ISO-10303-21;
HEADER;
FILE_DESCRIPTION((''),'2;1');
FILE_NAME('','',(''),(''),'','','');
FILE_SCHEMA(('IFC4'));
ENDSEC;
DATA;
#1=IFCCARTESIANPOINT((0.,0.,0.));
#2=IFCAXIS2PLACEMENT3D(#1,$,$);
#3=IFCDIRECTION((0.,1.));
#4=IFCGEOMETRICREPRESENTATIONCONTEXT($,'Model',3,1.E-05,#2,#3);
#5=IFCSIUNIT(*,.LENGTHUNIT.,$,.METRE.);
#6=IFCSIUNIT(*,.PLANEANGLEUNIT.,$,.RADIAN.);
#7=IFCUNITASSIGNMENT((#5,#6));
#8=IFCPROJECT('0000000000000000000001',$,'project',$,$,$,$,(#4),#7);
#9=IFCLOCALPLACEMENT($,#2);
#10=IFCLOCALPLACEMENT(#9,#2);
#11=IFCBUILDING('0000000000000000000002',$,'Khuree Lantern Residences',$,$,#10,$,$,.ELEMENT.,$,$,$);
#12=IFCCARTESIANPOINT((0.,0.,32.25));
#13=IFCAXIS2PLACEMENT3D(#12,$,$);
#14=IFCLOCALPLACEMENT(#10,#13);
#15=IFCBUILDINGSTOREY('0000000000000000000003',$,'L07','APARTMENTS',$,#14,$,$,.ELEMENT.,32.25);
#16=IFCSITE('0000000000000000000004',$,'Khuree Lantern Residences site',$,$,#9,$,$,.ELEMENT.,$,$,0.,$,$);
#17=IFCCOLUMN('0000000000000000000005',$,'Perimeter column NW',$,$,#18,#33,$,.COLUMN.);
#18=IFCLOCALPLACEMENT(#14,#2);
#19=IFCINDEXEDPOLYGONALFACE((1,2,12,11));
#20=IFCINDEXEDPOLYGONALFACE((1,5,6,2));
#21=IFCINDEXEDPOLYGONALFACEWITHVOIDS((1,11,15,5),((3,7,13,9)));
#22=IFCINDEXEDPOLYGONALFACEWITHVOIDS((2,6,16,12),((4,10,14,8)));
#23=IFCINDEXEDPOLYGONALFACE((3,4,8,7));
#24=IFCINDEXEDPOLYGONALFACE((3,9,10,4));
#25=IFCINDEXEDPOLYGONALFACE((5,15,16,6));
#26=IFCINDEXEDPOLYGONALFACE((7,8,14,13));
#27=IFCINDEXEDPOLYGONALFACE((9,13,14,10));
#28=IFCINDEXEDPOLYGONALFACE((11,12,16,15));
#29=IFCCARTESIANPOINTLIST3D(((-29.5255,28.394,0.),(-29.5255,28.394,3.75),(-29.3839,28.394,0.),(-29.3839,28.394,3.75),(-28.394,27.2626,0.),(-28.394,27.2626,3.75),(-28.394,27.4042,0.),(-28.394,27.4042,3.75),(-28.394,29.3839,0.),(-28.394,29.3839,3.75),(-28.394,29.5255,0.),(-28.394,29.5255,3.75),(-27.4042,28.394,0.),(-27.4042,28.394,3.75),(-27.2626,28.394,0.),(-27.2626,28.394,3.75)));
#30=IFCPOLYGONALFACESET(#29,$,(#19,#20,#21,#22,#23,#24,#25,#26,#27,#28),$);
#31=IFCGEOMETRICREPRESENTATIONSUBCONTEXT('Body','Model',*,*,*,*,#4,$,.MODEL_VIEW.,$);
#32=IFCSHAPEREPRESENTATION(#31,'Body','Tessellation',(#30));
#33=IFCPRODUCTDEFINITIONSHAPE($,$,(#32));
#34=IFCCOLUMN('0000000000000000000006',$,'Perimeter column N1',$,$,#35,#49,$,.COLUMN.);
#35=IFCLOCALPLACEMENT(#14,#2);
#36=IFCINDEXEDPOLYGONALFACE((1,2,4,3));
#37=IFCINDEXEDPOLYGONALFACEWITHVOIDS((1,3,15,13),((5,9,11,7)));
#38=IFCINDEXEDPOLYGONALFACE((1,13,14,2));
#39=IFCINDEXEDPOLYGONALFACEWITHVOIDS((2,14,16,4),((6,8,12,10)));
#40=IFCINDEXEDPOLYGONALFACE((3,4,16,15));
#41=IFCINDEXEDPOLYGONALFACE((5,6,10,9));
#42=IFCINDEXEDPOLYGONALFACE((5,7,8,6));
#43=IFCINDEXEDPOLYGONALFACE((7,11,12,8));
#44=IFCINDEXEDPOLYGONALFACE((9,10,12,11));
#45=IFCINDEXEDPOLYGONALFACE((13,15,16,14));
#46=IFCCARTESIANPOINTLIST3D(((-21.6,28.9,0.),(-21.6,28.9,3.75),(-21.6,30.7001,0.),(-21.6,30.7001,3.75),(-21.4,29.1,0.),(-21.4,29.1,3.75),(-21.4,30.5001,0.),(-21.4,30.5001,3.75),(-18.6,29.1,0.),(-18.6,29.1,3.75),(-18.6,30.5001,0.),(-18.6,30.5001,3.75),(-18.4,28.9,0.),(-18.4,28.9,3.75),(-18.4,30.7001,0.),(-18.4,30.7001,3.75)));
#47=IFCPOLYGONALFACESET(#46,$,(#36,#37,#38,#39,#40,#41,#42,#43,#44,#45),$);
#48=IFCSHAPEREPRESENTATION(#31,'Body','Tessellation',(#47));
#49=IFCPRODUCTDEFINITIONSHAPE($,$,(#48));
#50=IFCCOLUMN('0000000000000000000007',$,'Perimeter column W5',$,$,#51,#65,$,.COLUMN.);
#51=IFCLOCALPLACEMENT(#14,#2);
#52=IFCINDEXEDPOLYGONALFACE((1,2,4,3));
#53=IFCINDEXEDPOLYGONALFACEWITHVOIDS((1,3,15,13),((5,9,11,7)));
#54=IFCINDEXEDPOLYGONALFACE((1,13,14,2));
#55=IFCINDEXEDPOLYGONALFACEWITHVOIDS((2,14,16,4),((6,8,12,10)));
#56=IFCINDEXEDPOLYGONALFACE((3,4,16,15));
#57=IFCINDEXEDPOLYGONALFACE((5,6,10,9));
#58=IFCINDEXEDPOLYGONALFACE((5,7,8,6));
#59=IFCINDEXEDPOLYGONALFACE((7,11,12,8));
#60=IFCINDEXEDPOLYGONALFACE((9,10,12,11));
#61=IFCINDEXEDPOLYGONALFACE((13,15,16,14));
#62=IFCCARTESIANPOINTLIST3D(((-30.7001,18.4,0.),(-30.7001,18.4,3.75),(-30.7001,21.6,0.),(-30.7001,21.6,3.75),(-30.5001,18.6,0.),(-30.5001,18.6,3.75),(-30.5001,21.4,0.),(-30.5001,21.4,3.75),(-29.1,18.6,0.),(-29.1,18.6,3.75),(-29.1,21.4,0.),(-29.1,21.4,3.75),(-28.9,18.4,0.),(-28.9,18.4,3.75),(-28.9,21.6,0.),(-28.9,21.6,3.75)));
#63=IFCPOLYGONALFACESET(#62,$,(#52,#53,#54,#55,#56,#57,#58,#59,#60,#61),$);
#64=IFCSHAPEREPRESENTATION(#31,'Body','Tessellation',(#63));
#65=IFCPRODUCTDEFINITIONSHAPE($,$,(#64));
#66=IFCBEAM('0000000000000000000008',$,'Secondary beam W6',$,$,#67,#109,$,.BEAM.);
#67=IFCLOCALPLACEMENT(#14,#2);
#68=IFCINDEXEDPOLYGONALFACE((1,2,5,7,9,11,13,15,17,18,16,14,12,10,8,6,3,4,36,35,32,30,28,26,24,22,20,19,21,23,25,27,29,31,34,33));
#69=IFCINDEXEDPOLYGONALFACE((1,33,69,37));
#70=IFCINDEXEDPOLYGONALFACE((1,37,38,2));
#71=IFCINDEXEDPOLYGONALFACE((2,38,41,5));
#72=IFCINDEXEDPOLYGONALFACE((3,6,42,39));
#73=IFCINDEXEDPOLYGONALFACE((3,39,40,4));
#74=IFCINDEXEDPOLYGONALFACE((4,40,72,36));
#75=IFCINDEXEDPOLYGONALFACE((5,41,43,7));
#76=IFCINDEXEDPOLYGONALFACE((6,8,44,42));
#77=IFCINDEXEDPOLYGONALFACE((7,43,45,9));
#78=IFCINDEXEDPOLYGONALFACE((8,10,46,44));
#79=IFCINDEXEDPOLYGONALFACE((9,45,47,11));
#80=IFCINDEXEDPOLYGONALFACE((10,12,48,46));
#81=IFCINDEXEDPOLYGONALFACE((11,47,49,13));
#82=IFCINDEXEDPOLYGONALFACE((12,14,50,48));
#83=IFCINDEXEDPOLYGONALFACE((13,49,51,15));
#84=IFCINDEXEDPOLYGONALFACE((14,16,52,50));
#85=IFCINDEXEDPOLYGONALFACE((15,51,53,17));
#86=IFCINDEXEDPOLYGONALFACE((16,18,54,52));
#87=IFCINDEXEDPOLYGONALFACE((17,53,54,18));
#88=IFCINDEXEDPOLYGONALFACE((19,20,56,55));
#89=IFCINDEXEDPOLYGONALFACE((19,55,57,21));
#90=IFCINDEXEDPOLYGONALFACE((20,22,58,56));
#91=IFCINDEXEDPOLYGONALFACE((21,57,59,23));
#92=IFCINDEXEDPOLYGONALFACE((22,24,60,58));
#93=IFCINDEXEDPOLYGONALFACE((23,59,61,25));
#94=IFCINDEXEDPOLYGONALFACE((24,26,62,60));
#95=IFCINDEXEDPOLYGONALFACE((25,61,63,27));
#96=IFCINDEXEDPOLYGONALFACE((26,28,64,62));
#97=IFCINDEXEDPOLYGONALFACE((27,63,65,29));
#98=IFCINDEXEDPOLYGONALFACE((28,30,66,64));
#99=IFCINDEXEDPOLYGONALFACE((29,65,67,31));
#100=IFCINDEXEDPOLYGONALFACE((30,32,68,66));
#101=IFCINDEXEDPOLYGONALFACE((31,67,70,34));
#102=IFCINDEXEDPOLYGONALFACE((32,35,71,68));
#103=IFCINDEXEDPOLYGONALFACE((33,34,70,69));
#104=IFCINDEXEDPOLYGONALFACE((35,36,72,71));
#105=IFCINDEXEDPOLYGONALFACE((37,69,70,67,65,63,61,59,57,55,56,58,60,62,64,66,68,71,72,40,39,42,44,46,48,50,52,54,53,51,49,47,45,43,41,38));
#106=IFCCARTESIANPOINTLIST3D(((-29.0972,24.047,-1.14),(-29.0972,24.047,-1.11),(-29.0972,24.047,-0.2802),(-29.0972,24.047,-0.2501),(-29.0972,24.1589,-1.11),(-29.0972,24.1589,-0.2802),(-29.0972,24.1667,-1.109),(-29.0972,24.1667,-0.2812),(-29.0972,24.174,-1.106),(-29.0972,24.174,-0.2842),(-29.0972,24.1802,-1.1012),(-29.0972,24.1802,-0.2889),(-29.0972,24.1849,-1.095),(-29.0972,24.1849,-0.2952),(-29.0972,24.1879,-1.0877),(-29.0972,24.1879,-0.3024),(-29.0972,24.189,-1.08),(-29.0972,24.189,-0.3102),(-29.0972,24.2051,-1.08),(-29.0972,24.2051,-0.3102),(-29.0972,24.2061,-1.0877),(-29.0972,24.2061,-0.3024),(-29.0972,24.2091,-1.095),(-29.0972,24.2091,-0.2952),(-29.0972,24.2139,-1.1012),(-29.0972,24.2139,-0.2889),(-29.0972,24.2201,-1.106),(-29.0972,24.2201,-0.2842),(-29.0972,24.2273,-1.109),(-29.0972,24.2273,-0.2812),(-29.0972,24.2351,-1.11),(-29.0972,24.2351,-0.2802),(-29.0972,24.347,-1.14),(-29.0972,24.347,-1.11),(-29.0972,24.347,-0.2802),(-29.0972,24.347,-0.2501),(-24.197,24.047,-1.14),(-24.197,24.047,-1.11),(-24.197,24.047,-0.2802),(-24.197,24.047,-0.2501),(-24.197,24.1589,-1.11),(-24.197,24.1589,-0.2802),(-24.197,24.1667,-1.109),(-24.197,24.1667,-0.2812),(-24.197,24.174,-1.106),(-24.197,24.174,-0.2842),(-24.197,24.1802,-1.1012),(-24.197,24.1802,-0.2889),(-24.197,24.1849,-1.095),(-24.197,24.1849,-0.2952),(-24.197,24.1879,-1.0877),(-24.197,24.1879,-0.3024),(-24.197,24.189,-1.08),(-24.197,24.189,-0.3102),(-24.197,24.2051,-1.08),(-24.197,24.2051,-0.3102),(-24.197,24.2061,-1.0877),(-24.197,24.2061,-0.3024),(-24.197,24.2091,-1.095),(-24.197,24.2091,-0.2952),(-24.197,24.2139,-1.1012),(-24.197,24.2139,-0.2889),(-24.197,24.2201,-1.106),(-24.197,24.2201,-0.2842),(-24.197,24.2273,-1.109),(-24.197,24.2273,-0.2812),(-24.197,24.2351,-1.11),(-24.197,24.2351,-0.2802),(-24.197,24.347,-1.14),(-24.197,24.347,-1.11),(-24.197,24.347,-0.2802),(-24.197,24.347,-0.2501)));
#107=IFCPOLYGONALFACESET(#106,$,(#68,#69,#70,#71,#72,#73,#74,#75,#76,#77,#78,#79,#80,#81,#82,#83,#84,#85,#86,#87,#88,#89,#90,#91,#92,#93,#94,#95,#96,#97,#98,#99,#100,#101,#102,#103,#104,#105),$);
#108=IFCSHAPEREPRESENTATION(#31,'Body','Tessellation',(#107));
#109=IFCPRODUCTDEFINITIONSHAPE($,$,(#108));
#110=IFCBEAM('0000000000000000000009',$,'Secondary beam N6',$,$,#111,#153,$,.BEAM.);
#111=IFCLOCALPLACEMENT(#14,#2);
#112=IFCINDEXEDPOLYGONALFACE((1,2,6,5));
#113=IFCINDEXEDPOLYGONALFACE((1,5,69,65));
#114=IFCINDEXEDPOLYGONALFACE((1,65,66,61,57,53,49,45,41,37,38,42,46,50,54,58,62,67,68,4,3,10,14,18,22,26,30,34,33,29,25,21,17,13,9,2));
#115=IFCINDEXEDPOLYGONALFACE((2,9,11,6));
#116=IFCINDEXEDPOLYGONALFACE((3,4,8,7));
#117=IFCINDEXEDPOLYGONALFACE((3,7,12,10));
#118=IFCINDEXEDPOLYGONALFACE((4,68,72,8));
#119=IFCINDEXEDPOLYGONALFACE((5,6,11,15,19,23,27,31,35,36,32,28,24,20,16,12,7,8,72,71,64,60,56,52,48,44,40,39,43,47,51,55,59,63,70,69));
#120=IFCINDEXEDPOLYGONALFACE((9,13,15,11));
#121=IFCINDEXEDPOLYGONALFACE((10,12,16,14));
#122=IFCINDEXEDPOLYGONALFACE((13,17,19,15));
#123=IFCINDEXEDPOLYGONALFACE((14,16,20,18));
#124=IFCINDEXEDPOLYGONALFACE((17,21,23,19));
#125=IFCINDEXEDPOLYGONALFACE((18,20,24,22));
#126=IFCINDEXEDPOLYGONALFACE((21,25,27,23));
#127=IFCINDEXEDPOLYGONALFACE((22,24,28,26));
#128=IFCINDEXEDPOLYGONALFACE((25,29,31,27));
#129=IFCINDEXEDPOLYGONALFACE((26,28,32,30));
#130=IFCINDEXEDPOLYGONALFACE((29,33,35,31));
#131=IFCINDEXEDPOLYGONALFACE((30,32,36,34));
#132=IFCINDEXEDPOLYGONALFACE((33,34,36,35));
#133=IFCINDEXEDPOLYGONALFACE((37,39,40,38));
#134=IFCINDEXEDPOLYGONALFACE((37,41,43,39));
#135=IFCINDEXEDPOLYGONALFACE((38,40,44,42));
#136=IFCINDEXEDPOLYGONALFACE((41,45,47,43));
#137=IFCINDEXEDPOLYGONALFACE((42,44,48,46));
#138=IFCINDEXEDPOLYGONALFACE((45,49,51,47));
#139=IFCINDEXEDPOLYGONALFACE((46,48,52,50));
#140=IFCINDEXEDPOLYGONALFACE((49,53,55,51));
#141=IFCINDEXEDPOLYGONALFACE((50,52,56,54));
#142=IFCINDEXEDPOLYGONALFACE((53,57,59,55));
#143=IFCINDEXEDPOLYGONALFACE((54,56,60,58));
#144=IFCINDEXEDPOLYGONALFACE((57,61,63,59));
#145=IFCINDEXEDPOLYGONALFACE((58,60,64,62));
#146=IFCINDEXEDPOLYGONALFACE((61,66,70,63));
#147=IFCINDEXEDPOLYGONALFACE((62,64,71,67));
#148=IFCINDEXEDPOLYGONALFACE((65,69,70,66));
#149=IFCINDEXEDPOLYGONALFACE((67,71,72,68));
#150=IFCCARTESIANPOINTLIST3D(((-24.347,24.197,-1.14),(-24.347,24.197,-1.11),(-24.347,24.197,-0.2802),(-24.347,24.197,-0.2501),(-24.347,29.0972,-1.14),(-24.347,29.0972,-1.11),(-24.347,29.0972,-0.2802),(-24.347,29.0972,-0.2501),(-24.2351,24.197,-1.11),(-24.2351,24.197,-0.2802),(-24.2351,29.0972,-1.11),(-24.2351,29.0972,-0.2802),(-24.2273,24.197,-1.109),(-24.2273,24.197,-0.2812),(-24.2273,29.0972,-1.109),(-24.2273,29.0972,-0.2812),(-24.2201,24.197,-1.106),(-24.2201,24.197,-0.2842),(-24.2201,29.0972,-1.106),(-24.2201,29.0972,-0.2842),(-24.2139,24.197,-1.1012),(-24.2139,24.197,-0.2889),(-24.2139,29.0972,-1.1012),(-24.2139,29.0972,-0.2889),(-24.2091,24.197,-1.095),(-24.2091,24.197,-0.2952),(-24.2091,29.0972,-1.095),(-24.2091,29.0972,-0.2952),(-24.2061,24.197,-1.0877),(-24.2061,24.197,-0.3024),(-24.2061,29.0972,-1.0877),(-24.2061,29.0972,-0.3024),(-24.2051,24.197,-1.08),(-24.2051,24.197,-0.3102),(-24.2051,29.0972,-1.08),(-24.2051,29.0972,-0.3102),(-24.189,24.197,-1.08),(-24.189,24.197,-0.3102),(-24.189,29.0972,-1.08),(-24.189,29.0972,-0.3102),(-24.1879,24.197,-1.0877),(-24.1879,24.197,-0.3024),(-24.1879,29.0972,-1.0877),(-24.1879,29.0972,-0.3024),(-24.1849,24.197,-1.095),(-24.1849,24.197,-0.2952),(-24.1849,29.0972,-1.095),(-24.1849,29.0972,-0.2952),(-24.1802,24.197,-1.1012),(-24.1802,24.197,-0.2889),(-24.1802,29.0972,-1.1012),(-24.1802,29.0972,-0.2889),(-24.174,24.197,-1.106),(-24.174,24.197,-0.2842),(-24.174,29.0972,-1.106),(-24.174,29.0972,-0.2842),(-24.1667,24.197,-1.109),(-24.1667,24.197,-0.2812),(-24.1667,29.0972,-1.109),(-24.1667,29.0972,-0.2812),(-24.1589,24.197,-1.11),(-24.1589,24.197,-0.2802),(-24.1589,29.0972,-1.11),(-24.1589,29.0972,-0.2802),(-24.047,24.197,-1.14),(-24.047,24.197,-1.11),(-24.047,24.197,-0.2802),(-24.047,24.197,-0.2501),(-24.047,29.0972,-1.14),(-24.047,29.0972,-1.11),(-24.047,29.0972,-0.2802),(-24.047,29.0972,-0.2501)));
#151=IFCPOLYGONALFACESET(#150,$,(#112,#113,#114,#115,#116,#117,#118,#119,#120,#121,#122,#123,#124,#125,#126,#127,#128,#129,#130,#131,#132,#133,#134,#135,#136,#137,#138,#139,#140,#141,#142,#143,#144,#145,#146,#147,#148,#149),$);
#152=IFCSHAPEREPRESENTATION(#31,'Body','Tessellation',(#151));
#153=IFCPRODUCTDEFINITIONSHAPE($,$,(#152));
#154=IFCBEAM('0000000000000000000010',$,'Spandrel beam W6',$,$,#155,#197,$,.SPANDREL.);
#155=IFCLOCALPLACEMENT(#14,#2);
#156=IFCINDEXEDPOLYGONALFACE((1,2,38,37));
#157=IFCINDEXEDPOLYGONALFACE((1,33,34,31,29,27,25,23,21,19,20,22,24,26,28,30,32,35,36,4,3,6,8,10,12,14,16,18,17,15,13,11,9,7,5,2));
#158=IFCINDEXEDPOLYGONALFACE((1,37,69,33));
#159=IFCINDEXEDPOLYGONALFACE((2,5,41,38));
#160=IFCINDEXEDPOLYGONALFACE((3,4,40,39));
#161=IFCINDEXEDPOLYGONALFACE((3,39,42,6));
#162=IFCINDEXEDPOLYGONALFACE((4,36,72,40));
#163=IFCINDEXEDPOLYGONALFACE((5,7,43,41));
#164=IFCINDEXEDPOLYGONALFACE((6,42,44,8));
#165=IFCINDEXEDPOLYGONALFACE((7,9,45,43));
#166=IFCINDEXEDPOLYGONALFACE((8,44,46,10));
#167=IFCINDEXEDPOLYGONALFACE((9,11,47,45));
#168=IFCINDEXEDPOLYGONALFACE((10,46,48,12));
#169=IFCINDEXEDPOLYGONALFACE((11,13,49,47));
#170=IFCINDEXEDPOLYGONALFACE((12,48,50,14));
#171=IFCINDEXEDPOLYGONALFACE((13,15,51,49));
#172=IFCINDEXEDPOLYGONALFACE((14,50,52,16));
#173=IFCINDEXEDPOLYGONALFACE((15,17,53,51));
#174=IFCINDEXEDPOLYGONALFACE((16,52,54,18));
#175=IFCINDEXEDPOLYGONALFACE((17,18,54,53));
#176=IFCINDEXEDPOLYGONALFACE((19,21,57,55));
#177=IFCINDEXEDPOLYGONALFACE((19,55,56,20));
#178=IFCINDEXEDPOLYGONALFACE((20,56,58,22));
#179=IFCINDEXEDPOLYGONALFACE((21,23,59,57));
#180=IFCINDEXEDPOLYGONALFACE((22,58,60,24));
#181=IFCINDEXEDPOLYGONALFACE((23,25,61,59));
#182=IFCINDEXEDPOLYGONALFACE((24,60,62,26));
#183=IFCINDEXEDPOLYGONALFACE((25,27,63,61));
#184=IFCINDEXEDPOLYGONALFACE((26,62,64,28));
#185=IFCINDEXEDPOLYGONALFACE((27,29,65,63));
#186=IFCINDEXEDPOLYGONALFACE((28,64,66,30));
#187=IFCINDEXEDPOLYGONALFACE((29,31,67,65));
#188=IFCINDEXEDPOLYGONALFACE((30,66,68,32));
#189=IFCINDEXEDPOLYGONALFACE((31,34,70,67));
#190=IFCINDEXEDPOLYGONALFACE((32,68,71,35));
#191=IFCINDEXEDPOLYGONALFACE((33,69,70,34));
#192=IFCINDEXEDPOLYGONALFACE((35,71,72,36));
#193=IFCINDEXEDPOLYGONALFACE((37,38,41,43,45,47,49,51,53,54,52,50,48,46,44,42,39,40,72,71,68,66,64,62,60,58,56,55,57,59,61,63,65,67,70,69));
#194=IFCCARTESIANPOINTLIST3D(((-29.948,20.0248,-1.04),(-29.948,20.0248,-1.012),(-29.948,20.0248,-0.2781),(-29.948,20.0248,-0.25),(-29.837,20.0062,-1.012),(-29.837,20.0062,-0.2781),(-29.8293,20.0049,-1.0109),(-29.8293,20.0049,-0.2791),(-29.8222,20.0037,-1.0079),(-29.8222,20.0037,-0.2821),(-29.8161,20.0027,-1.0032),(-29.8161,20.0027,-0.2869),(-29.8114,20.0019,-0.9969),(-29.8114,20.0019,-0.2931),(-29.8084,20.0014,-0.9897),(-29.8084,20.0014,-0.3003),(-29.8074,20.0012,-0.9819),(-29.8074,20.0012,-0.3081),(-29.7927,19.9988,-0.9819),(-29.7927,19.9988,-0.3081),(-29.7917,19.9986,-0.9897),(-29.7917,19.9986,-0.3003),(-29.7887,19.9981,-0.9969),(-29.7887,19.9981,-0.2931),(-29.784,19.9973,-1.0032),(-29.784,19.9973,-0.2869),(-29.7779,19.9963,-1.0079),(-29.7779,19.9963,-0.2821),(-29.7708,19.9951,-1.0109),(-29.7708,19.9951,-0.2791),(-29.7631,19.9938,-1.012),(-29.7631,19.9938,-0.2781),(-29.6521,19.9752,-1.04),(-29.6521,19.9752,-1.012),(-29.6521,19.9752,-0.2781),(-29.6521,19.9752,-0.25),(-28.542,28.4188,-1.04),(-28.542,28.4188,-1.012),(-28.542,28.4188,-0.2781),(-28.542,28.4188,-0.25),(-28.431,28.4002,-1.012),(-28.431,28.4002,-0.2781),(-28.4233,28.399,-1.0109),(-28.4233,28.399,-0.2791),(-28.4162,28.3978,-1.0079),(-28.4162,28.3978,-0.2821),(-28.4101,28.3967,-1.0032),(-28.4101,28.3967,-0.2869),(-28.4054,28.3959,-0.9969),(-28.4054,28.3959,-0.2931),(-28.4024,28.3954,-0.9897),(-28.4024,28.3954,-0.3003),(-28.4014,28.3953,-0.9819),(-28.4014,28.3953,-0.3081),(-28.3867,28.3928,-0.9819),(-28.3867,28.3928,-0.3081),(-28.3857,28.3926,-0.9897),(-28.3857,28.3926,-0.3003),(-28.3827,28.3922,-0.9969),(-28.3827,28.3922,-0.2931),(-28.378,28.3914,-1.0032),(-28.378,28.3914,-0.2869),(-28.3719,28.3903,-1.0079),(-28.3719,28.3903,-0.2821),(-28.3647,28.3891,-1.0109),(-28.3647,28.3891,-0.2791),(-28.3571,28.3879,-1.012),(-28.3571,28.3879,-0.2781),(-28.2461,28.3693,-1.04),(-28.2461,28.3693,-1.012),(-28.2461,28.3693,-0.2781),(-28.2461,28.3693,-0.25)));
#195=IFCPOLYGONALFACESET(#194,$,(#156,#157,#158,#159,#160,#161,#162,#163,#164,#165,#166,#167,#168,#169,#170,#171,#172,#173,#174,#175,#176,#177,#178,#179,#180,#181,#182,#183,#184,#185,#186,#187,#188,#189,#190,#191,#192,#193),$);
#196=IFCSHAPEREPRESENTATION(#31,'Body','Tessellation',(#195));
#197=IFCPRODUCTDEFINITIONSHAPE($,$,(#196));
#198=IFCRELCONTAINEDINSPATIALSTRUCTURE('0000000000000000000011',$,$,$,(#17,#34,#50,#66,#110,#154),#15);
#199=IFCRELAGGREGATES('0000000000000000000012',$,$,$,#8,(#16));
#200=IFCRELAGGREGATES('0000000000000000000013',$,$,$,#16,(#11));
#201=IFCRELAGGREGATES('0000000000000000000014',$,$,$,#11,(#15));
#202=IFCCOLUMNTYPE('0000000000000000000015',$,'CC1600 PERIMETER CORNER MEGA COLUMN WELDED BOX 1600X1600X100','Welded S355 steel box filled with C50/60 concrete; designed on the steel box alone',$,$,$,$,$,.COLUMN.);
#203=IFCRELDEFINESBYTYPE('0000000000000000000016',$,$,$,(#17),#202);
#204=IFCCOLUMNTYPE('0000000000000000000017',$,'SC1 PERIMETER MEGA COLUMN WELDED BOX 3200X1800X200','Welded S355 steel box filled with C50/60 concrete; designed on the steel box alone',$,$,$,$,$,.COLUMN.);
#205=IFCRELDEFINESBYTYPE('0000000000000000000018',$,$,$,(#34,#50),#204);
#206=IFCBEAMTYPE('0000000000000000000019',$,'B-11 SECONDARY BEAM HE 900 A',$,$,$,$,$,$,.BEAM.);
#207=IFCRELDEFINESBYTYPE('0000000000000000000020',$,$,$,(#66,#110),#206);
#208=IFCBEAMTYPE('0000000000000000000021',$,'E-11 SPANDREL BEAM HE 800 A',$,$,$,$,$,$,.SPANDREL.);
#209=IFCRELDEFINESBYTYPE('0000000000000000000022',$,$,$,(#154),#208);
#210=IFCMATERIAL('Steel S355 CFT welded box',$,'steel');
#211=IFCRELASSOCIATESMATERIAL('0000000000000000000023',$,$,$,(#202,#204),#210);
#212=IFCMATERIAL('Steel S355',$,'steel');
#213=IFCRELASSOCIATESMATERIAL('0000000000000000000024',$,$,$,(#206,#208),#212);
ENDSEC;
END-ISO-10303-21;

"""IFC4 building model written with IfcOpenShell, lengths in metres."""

from ifc_helpers import new_model, si_unit, direction, frame, origin, origin_2d, place, context, subcontext, project, spatial, hollow_rectangle, i_section, extrude, material, material_profile, profile_set, type_object, element, save


model = new_model("IFC4")

# Units and contexts
model_context = context("Model", 3, precision=1e-05, world=origin(), true_north=direction((0.0, 1.0)))
body_context = subcontext(model_context, "Body", "Model", "MODEL_VIEW")
ifc_project = project(units=[si_unit("LENGTHUNIT", "METRE"), si_unit("PLANEANGLEUNIT", "RADIAN")], contexts=[model_context])

# Site, building, storey
site_placement = place(None, origin())
site = spatial("IfcSite", under=ifc_project, at=site_placement, Name="Khuree Lantern Residences site", CompositionType="ELEMENT", RefElevation=0.0)
building_placement = place(site_placement, origin())
building = spatial("IfcBuilding", under=site, at=building_placement, Name="Khuree Lantern Residences", CompositionType="ELEMENT")
storey_placement = place(building_placement, frame((0.0, 0.0, 32.25)))
storey = spatial("IfcBuildingStorey", under=building, at=storey_placement, Name="L07", Description="APARTMENTS", CompositionType="ELEMENT", Elevation=32.25)

# Columns
ifc_material_1 = material(Name="Steel S355 CFT welded box", Category="steel")
ifc_material_profile_1 = material_profile(ifc_material_1, hollow_rectangle(XDim=1.6001, YDim=1.6001, WallThickness=0.1001, at=origin_2d()), Name="WELDED BOX 1600X1600X100")
ifc_profile_set_1 = profile_set([ifc_material_profile_1], Name="Steel S355 CFT welded box")
column_type_1 = type_object("IfcColumnType", Name="CC1600 PERIMETER CORNER MEGA COLUMN WELDED BOX 1600X1600X100", Description="Welded S355 steel box filled with C50/60 concrete; designed on the steel box alone", PredefinedType="COLUMN", material=ifc_profile_set_1)
column_placement = place(storey_placement, frame((-28.394, 28.394, 0.0), z_axis=(0.0, 0.0, 1.0), x_axis=(0.707107, 0.707107, 0.0)))
element("IfcColumn", 1, at=column_placement, inside=storey, type_object=column_type_1, Name="Perimeter column NW", PredefinedType="COLUMN", context=body_context, shape_type="SweptSolid", body=[
    extrude(hollow_rectangle(XDim=1.6001, YDim=1.6001, WallThickness=0.1001, at=origin_2d()), origin(), (0.0, 0.0, 1.0), 3.75),
])
ifc_material_profile_2 = material_profile(ifc_material_1, hollow_rectangle(XDim=3.2, YDim=1.8, WallThickness=0.2, at=origin_2d()), Name="WELDED BOX 3200X1800X200")
ifc_profile_set_2 = profile_set([ifc_material_profile_2], Name="Steel S355 CFT welded box")
column_type_2 = type_object("IfcColumnType", Name="SC1 PERIMETER MEGA COLUMN WELDED BOX 3200X1800X200", Description="Welded S355 steel box filled with C50/60 concrete; designed on the steel box alone", PredefinedType="COLUMN", material=ifc_profile_set_2)
for number, where, z_axis, x_axis, name in (
    (2, (-20.0, 29.8, 0.0), (0.0, 0.0, 1.0), (1.0, 0.0, 0.0), "Perimeter column N1"),
    (3, (-29.8, 20.0, 0.0), (0.0, 0.0, 1.0), (0.0, 1.0, 0.0), "Perimeter column W5"),
):
    element("IfcColumn", number, at=place(storey_placement, frame(where, z_axis=z_axis, x_axis=x_axis)), inside=storey, type_object=column_type_2, Name=name, PredefinedType="COLUMN", context=body_context, shape_type="SweptSolid", body=[
        extrude(hollow_rectangle(XDim=3.2, YDim=1.8, WallThickness=0.2, at=origin_2d()), origin(), (0.0, 0.0, 1.0), 3.75),
    ])

# Beams
ifc_material_2 = material(Name="Steel S355", Category="steel")
ifc_material_profile_3 = material_profile(ifc_material_2, i_section(OverallWidth=0.3, OverallDepth=0.8899, WebThickness=0.0161, FlangeThickness=0.03, FilletRadius=0.03, at=origin_2d()), Name="HE 900 A")
ifc_profile_set_3 = profile_set([ifc_material_profile_3], Name="Steel S355")
beam_type_1 = type_object("IfcBeamType", Name="B-11 SECONDARY BEAM HE 900 A", PredefinedType="BEAM", material=ifc_profile_set_3)
for number, where, z_axis, x_axis, name in (
    (4, (-29.0972, 24.197, -0.6951), (1.0, 0.0, 0.0), (0.0, 1.0, 0.0), "Secondary beam W6"),
    (5, (-24.197, 29.0972, -0.6951), (0.0, -1.0, 0.0), (1.0, 0.0, 0.0), "Secondary beam N6"),
):
    element("IfcBeam", number, at=place(storey_placement, frame(where, z_axis=z_axis, x_axis=x_axis)), inside=storey, type_object=beam_type_1, Name=name, PredefinedType="BEAM", context=body_context, shape_type="SweptSolid", body=[
        extrude(i_section(OverallWidth=0.3, OverallDepth=0.8899, WebThickness=0.0161, FlangeThickness=0.03, FilletRadius=0.03, at=origin_2d()), origin(), (0.0, 0.0, 1.0), 4.9001),
    ])
ifc_material_profile_4 = material_profile(ifc_material_2, i_section(OverallWidth=0.3, OverallDepth=0.79, WebThickness=0.0149, FlangeThickness=0.0281, FilletRadius=0.03, at=origin_2d()), Name="HE 800 A")
ifc_profile_set_4 = profile_set([ifc_material_profile_4], Name="Steel S355")
beam_type_2 = type_object("IfcBeamType", Name="E-11 SPANDREL BEAM HE 800 A", PredefinedType="SPANDREL", material=ifc_profile_set_4)
for number, where, z_axis, x_axis, name in (
    (6, (-29.8, 20.0, -0.645), (0.165199, 0.98626, 0.0), (-0.98626, 0.165199, 0.0), "Spandrel beam W6"),
):
    element("IfcBeam", number, at=place(storey_placement, frame(where, z_axis=z_axis, x_axis=x_axis)), inside=storey, type_object=beam_type_2, Name=name, PredefinedType="SPANDREL", context=body_context, shape_type="SweptSolid", body=[
        extrude(i_section(OverallWidth=0.3, OverallDepth=0.79, WebThickness=0.0149, FlangeThickness=0.0281, FilletRadius=0.03, at=origin_2d()), origin(), (0.0, 0.0, 1.0), 8.511),
    ])

save(model, "model.ifc")
